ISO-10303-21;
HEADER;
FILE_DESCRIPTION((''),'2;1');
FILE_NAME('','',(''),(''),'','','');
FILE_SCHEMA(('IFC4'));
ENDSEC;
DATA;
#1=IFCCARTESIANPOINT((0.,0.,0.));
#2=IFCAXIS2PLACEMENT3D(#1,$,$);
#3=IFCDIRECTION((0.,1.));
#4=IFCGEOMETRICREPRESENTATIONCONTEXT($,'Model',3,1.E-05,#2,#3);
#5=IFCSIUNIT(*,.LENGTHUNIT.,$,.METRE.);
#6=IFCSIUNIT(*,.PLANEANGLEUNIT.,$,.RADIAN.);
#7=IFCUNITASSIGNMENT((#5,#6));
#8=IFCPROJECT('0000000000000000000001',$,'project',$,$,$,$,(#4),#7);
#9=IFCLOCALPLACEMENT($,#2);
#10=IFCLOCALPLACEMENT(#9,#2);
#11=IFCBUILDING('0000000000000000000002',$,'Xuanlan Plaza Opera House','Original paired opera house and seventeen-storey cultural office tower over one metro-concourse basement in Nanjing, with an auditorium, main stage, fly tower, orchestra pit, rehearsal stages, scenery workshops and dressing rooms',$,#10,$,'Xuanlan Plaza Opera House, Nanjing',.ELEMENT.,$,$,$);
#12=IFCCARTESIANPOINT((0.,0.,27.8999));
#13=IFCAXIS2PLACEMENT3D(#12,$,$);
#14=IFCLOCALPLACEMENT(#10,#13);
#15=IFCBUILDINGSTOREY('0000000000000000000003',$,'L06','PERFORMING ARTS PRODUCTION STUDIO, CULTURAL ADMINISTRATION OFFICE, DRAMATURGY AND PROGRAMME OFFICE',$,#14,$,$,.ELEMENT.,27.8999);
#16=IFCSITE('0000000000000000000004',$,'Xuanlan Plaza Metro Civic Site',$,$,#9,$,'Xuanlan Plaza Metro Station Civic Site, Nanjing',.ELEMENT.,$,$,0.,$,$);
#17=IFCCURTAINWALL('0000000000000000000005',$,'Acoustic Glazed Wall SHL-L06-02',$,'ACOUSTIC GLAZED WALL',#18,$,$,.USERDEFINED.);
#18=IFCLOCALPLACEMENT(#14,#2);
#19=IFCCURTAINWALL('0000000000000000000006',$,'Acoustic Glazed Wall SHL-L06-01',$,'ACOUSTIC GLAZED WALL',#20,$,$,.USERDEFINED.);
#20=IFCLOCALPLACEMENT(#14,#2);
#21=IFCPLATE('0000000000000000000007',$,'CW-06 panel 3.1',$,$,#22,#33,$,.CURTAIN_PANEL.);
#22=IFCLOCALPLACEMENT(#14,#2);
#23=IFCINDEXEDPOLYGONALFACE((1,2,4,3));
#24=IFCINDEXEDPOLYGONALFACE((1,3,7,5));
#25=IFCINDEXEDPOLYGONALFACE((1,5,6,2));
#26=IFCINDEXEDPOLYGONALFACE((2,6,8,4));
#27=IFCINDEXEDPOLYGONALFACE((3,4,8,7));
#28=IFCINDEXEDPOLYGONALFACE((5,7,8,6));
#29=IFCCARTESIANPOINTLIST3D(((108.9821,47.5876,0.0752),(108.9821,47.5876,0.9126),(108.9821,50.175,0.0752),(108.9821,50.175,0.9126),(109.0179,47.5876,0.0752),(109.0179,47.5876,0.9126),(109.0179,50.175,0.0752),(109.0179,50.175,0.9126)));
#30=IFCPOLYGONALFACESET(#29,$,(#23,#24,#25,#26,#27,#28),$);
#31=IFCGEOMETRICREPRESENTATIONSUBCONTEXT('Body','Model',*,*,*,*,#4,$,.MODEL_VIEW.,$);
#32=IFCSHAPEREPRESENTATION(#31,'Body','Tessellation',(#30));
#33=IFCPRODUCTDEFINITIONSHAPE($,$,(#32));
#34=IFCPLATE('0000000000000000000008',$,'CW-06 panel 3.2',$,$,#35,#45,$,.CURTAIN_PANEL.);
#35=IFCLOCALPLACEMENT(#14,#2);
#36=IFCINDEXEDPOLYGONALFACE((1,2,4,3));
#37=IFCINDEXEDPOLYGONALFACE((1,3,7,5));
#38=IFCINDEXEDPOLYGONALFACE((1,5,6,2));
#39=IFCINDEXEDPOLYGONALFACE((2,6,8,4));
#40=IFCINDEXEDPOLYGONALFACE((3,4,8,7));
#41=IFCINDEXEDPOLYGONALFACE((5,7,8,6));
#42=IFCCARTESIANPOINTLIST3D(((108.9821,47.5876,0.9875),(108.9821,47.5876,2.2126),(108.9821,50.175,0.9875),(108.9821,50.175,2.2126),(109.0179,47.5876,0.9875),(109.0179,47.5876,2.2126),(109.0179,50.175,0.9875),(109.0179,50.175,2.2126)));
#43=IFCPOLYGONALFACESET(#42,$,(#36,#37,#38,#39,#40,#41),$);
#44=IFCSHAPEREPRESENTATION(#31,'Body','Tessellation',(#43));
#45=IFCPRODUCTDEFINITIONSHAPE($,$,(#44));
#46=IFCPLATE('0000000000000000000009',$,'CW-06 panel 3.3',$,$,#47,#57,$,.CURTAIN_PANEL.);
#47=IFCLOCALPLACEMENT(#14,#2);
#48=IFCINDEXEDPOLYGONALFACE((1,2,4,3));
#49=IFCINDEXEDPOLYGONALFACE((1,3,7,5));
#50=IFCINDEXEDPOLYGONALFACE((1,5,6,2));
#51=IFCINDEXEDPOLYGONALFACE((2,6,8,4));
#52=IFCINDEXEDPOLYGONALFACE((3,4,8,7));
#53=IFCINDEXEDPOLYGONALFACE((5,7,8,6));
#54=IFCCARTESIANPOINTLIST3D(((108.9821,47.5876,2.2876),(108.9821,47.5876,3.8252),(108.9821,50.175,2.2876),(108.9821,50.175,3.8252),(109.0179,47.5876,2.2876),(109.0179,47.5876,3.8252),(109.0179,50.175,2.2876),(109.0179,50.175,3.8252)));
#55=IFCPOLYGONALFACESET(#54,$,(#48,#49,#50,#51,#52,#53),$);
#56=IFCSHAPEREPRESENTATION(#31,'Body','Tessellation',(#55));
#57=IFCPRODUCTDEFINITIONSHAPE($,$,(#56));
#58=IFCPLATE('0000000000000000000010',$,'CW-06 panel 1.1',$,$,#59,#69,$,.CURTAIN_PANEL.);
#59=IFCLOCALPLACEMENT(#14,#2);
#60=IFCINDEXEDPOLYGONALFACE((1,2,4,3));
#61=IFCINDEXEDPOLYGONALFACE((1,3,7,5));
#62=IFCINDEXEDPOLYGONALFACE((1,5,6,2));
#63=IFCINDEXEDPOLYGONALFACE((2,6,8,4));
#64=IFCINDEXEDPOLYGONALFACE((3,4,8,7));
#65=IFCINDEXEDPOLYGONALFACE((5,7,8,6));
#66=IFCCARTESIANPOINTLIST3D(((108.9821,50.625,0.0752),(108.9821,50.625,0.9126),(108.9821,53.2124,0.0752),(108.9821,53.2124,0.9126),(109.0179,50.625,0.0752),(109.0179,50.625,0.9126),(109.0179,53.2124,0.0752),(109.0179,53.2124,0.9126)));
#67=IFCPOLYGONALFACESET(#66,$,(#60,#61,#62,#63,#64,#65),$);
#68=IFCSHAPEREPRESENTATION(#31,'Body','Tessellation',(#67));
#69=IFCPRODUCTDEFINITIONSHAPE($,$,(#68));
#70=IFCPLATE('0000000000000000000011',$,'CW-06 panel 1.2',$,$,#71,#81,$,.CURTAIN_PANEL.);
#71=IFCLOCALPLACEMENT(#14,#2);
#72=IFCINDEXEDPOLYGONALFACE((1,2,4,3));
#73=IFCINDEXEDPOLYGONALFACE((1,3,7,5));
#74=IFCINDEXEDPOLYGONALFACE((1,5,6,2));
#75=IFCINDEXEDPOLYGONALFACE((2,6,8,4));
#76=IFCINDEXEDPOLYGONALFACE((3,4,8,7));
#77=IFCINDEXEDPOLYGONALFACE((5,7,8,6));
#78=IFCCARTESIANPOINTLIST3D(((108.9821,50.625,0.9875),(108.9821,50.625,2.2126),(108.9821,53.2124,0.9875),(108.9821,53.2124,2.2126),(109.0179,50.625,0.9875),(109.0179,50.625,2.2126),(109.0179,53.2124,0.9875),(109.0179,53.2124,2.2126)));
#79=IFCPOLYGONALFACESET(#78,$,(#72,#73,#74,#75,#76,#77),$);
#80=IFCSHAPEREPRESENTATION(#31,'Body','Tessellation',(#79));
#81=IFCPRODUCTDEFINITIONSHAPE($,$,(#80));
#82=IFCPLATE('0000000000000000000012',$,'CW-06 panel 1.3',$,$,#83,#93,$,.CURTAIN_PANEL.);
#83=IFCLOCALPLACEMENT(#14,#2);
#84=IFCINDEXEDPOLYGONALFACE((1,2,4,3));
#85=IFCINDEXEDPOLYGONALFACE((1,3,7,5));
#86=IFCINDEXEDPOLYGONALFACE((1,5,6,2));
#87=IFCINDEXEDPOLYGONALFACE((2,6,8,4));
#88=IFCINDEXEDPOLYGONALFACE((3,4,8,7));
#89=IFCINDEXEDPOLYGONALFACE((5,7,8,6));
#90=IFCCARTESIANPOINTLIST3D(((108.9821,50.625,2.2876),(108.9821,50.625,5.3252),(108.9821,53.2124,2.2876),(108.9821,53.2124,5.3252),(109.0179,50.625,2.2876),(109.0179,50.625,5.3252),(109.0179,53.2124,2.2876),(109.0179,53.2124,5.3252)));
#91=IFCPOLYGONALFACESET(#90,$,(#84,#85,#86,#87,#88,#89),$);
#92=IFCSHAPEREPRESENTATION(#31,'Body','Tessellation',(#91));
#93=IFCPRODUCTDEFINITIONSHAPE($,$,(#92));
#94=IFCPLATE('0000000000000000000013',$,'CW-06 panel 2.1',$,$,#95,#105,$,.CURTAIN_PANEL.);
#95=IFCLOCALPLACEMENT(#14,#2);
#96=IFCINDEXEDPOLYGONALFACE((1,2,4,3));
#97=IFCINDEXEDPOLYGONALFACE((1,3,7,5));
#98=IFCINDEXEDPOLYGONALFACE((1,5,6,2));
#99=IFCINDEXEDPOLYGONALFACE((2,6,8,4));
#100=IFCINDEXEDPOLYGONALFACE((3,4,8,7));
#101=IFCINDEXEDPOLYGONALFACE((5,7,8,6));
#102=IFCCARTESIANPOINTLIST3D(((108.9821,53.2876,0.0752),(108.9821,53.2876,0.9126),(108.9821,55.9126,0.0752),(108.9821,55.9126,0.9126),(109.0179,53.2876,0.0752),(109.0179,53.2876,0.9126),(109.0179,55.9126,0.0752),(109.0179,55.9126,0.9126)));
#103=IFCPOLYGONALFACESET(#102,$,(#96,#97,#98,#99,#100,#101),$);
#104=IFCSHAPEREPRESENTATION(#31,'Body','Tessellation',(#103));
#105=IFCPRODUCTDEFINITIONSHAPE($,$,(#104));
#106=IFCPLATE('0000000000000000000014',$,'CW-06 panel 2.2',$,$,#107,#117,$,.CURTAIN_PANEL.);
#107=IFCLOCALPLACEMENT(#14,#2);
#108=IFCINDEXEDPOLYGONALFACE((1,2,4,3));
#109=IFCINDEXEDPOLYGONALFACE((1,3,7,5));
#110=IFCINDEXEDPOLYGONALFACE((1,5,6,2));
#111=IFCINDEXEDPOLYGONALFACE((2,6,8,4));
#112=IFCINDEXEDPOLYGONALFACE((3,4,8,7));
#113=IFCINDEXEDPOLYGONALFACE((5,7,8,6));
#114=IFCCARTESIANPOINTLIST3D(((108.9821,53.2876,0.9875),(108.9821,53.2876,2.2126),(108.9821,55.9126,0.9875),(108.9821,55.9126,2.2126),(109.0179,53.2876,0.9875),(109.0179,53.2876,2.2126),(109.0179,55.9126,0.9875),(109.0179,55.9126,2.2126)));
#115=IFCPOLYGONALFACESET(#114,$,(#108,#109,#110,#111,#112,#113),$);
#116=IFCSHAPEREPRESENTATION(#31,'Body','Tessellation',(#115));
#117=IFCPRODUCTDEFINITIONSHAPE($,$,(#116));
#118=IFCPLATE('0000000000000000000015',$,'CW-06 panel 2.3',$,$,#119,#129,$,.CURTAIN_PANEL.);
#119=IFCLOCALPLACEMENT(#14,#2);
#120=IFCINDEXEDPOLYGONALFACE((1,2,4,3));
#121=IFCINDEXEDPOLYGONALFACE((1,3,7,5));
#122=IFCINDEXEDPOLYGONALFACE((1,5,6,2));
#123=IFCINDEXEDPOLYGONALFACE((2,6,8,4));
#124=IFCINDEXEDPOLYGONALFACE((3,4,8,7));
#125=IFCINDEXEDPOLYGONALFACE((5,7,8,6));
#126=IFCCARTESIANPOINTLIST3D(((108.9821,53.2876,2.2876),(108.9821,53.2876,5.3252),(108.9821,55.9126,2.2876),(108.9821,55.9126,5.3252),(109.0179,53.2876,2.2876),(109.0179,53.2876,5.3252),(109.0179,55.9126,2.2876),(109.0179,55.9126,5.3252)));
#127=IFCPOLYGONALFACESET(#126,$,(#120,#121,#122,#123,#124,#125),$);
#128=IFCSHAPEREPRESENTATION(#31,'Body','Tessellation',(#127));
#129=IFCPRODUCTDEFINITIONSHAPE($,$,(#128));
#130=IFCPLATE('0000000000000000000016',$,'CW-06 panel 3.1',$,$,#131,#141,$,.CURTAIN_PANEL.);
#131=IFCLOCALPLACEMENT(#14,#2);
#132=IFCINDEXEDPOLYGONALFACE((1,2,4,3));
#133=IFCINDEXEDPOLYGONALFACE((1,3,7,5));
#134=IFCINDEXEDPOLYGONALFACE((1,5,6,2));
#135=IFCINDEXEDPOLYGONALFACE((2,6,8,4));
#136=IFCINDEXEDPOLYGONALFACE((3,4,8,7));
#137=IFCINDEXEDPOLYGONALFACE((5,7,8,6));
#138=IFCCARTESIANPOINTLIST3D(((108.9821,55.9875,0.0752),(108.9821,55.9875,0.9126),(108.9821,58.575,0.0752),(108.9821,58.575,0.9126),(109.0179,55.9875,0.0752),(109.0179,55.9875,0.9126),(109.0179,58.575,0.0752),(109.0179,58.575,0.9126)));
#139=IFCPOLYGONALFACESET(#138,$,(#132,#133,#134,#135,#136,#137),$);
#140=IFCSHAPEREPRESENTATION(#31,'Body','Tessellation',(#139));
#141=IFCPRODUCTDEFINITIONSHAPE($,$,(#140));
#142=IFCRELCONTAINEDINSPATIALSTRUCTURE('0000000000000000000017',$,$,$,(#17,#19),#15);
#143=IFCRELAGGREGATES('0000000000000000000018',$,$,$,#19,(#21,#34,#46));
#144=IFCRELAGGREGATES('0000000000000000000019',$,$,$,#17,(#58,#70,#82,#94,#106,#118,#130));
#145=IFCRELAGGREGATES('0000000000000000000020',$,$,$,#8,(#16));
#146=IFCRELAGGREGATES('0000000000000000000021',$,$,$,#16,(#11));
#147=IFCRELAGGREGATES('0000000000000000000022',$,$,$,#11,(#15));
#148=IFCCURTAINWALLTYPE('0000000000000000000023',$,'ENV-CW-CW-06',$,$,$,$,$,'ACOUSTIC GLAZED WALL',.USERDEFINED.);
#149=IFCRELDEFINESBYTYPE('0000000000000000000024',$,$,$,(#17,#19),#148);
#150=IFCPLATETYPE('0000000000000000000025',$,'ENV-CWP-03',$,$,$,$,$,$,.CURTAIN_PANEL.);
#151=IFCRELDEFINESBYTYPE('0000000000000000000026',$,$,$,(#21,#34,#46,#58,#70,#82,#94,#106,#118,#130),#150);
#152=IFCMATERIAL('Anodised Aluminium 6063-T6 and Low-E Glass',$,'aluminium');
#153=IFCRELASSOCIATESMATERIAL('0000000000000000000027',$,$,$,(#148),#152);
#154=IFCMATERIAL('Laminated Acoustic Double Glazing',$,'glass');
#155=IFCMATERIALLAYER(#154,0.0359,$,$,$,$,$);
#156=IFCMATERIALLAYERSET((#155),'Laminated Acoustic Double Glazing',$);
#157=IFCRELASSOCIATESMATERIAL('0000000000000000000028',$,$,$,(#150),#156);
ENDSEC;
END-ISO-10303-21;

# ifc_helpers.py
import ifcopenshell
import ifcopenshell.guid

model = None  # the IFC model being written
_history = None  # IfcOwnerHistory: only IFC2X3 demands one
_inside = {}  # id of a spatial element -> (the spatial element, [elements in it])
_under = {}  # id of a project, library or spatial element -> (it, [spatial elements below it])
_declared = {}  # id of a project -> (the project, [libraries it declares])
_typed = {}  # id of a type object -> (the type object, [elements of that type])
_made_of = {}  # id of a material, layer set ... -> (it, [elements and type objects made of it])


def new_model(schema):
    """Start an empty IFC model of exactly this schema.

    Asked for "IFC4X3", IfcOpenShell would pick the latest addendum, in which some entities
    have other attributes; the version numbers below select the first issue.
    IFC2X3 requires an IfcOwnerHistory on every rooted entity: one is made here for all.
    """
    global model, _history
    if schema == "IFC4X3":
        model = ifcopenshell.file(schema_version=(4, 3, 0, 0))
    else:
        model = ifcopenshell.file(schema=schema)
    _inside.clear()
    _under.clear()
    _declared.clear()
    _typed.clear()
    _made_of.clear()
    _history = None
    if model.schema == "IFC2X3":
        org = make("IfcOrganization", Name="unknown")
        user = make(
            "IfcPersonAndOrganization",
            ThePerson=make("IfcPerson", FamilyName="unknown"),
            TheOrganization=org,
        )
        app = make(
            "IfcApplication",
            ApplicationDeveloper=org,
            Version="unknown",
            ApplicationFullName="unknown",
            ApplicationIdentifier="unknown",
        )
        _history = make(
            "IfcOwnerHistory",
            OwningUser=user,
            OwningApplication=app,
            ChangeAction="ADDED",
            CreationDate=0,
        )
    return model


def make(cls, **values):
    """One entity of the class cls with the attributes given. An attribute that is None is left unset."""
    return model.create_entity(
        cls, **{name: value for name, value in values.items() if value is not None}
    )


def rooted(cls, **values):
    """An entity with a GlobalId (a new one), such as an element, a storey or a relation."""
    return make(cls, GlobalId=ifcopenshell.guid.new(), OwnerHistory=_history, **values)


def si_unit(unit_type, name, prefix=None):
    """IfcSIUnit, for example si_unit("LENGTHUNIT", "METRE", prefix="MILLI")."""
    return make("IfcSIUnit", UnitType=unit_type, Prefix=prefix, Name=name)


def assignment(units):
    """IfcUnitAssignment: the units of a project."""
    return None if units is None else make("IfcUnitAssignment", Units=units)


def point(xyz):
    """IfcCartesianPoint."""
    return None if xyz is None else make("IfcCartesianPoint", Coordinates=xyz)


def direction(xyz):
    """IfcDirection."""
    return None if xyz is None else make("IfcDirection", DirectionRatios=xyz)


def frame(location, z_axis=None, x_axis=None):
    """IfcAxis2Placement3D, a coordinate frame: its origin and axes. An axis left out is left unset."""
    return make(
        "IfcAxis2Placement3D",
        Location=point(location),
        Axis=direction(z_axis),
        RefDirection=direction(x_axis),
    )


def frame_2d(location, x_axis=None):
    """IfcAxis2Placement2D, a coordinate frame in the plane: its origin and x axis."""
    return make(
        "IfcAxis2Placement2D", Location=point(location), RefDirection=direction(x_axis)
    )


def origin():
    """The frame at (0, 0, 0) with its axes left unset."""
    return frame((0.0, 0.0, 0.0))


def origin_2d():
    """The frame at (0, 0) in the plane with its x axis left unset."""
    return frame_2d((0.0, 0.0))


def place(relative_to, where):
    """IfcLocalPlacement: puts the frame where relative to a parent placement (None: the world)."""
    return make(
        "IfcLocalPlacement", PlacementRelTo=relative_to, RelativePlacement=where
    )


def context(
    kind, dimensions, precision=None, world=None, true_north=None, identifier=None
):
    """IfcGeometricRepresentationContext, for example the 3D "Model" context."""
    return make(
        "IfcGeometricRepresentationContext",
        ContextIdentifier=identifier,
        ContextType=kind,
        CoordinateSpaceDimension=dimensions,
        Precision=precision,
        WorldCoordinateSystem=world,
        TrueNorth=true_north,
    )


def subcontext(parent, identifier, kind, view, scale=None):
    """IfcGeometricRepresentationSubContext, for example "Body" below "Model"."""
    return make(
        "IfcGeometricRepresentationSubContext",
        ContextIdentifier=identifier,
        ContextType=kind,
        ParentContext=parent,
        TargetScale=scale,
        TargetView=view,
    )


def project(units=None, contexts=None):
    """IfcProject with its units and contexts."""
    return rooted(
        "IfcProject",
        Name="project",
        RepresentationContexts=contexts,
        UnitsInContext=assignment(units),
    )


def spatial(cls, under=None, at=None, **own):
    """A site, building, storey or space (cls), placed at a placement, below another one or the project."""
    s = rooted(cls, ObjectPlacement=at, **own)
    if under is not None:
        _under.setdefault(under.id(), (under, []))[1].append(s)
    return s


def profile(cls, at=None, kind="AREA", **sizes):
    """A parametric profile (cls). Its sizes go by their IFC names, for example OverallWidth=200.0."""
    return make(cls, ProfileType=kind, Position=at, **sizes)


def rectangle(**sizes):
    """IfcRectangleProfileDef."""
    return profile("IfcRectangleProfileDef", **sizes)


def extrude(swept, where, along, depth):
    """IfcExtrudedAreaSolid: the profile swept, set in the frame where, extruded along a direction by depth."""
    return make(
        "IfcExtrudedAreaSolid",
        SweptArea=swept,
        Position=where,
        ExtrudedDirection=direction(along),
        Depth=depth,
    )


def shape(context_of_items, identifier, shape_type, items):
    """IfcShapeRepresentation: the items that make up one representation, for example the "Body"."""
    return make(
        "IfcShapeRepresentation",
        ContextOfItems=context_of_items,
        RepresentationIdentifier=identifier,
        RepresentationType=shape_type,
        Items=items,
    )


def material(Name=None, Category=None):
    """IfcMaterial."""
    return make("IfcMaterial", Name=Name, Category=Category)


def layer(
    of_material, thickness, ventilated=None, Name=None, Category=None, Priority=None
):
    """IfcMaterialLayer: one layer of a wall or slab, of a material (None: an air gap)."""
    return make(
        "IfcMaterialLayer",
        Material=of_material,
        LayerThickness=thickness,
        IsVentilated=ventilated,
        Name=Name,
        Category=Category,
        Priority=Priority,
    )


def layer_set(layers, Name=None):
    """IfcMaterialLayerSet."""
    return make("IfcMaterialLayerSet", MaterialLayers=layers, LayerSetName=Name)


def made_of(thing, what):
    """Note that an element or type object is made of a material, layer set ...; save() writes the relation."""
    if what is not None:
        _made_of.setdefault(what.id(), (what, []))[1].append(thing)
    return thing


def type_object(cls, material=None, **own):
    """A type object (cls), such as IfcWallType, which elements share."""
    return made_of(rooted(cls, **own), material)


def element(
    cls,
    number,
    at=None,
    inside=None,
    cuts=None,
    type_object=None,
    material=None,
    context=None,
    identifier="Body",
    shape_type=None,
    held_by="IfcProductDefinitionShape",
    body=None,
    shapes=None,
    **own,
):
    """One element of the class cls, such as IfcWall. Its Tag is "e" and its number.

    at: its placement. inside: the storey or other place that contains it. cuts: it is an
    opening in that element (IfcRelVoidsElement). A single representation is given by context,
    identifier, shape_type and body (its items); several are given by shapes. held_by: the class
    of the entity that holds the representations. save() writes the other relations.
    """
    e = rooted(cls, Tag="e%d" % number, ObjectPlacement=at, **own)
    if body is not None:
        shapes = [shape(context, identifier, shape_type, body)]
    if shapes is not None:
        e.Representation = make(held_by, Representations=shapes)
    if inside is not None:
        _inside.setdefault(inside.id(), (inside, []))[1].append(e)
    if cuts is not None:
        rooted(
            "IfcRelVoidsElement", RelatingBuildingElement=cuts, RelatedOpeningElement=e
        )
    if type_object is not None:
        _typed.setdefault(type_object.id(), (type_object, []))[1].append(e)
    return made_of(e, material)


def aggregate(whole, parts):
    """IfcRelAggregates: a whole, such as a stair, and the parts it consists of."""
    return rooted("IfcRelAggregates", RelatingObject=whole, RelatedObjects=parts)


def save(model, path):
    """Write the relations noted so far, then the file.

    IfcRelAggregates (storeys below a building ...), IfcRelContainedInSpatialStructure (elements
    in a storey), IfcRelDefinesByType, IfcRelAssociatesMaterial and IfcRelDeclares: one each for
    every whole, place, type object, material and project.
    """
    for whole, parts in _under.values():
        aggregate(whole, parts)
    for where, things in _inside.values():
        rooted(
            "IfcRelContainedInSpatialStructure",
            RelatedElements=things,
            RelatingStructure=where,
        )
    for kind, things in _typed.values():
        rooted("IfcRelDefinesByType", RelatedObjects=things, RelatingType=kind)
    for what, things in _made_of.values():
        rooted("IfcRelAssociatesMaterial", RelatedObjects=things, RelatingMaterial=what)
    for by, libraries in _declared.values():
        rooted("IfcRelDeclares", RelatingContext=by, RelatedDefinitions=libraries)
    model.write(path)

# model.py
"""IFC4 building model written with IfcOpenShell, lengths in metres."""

from ifc_helpers import new_model, si_unit, direction, frame, origin, origin_2d, place, context, subcontext, project, spatial, rectangle, extrude, material, layer, layer_set, type_object, element, aggregate, save


model = new_model("IFC4")

# Units and contexts
model_context = context("Model", 3, precision=1e-05, world=origin(), true_north=direction((0.0, 1.0)))
body_context = subcontext(model_context, "Body", "Model", "MODEL_VIEW")
ifc_project = project(units=[si_unit("LENGTHUNIT", "METRE"), si_unit("PLANEANGLEUNIT", "RADIAN")], contexts=[model_context])

# Site, building, storey
site_placement = place(None, origin())
site = spatial("IfcSite", under=ifc_project, at=site_placement, Name="Xuanlan Plaza Metro Civic Site", LongName="Xuanlan Plaza Metro Station Civic Site, Nanjing", CompositionType="ELEMENT", RefElevation=0.0)
building_placement = place(site_placement, origin())
building = spatial("IfcBuilding", under=site, at=building_placement, Name="Xuanlan Plaza Opera House", Description="Original paired opera house and seventeen-storey cultural office tower over one metro-concourse basement in Nanjing, with an auditorium, main stage, fly tower, orchestra pit, rehearsal stages, scenery workshops and dressing rooms", LongName="Xuanlan Plaza Opera House, Nanjing", CompositionType="ELEMENT")
storey_placement = place(building_placement, frame((0.0, 0.0, 27.8999)))
storey = spatial("IfcBuildingStorey", under=building, at=storey_placement, Name="L06", Description="PERFORMING ARTS PRODUCTION STUDIO, CULTURAL ADMINISTRATION OFFICE, DRAMATURGY AND PROGRAMME OFFICE", CompositionType="ELEMENT", Elevation=27.8999)

# Curtain wall
ifc_material_1 = material(Name="Anodised Aluminium 6063-T6 and Low-E Glass", Category="aluminium")
curtain_wall_type = type_object("IfcCurtainWallType", Name="ENV-CW-CW-06", ElementType="ACOUSTIC GLAZED WALL", PredefinedType="USERDEFINED", material=ifc_material_1)
curtain_wall_1_placement = place(storey_placement, origin())
curtain_wall_1 = element("IfcCurtainWall", 1, at=curtain_wall_1_placement, inside=storey, type_object=curtain_wall_type, Name="Acoustic Glazed Wall SHL-L06-02", ObjectType="ACOUSTIC GLAZED WALL", PredefinedType="USERDEFINED")

# Curtain wall, plates
curtain_wall_2_placement = place(storey_placement, origin())
curtain_wall_2 = element("IfcCurtainWall", 2, at=curtain_wall_2_placement, inside=storey, type_object=curtain_wall_type, Name="Acoustic Glazed Wall SHL-L06-01", ObjectType="ACOUSTIC GLAZED WALL", PredefinedType="USERDEFINED")
ifc_material_2 = material(Name="Laminated Acoustic Double Glazing", Category="glass")
ifc_layer = layer(ifc_material_2, 0.0359)
ifc_layer_set = layer_set([ifc_layer], Name="Laminated Acoustic Double Glazing")
plate_type = type_object("IfcPlateType", Name="ENV-CWP-03", PredefinedType="CURTAIN_PANEL", material=ifc_layer_set)
plate_1_placement = place(storey_placement, frame((109.0, 48.8813, 0.0752), z_axis=(0.0, 0.0, 1.0), x_axis=(0.0, 1.0, 0.0)))
plate_1 = element("IfcPlate", 3, at=plate_1_placement, type_object=plate_type, Name="CW-06 panel 3.1", PredefinedType="CURTAIN_PANEL", context=body_context, shape_type="SweptSolid", body=[
    extrude(rectangle(XDim=2.5874, YDim=0.0359, at=origin_2d()), origin(), (0.0, 0.0, 1.0), 0.8374),
])
plate_2_placement = place(storey_placement, frame((109.0, 48.8813, 0.9875), z_axis=(0.0, 0.0, 1.0), x_axis=(0.0, 1.0, 0.0)))
plate_2 = element("IfcPlate", 4, at=plate_2_placement, type_object=plate_type, Name="CW-06 panel 3.2", PredefinedType="CURTAIN_PANEL", context=body_context, shape_type="SweptSolid", body=[
    extrude(rectangle(XDim=2.5874, YDim=0.0359, at=origin_2d()), origin(), (0.0, 0.0, 1.0), 1.2251),
])
plate_3_placement = place(storey_placement, frame((109.0, 48.8813, 2.2876), z_axis=(0.0, 0.0, 1.0), x_axis=(0.0, 1.0, 0.0)))
plate_3 = element("IfcPlate", 5, at=plate_3_placement, type_object=plate_type, Name="CW-06 panel 3.3", PredefinedType="CURTAIN_PANEL", context=body_context, shape_type="SweptSolid", body=[
    extrude(rectangle(XDim=2.5874, YDim=0.0359, at=origin_2d()), origin(), (0.0, 0.0, 1.0), 1.5376),
])
aggregate(curtain_wall_2, [plate_1, plate_2, plate_3])

# Plates
plate_4_placement = place(storey_placement, frame((109.0, 51.9187, 0.0752), z_axis=(0.0, 0.0, 1.0), x_axis=(0.0, 1.0, 0.0)))
plate_4 = element("IfcPlate", 6, at=plate_4_placement, type_object=plate_type, Name="CW-06 panel 1.1", PredefinedType="CURTAIN_PANEL", context=body_context, shape_type="SweptSolid", body=[
    extrude(rectangle(XDim=2.5874, YDim=0.0359, at=origin_2d()), origin(), (0.0, 0.0, 1.0), 0.8374),
])
plate_5_placement = place(storey_placement, frame((109.0, 51.9187, 0.9875), z_axis=(0.0, 0.0, 1.0), x_axis=(0.0, 1.0, 0.0)))
plate_5 = element("IfcPlate", 7, at=plate_5_placement, type_object=plate_type, Name="CW-06 panel 1.2", PredefinedType="CURTAIN_PANEL", context=body_context, shape_type="SweptSolid", body=[
    extrude(rectangle(XDim=2.5874, YDim=0.0359, at=origin_2d()), origin(), (0.0, 0.0, 1.0), 1.2251),
])
plate_6_placement = place(storey_placement, frame((109.0, 51.9187, 2.2876), z_axis=(0.0, 0.0, 1.0), x_axis=(0.0, 1.0, 0.0)))
plate_6 = element("IfcPlate", 8, at=plate_6_placement, type_object=plate_type, Name="CW-06 panel 1.3", PredefinedType="CURTAIN_PANEL", context=body_context, shape_type="SweptSolid", body=[
    extrude(rectangle(XDim=2.5874, YDim=0.0359, at=origin_2d()), origin(), (0.0, 0.0, 1.0), 3.0376),
])
plate_7_placement = place(storey_placement, frame((109.0, 54.6001, 0.0752), z_axis=(0.0, 0.0, 1.0), x_axis=(0.0, 1.0, 0.0)))
plate_7 = element("IfcPlate", 9, at=plate_7_placement, type_object=plate_type, Name="CW-06 panel 2.1", PredefinedType="CURTAIN_PANEL", context=body_context, shape_type="SweptSolid", body=[
    extrude(rectangle(XDim=2.625, YDim=0.0359, at=origin_2d()), origin(), (0.0, 0.0, 1.0), 0.8374),
])
plate_8_placement = place(storey_placement, frame((109.0, 54.6001, 0.9875), z_axis=(0.0, 0.0, 1.0), x_axis=(0.0, 1.0, 0.0)))
plate_8 = element("IfcPlate", 10, at=plate_8_placement, type_object=plate_type, Name="CW-06 panel 2.2", PredefinedType="CURTAIN_PANEL", context=body_context, shape_type="SweptSolid", body=[
    extrude(rectangle(XDim=2.625, YDim=0.0359, at=origin_2d()), origin(), (0.0, 0.0, 1.0), 1.2251),
])
plate_9_placement = place(storey_placement, frame((109.0, 54.6001, 2.2876), z_axis=(0.0, 0.0, 1.0), x_axis=(0.0, 1.0, 0.0)))
plate_9 = element("IfcPlate", 11, at=plate_9_placement, type_object=plate_type, Name="CW-06 panel 2.3", PredefinedType="CURTAIN_PANEL", context=body_context, shape_type="SweptSolid", body=[
    extrude(rectangle(XDim=2.625, YDim=0.0359, at=origin_2d()), origin(), (0.0, 0.0, 1.0), 3.0376),
])
plate_10_placement = place(storey_placement, frame((109.0, 57.2812, 0.0752), z_axis=(0.0, 0.0, 1.0), x_axis=(0.0, 1.0, 0.0)))
plate_10 = element("IfcPlate", 12, at=plate_10_placement, type_object=plate_type, Name="CW-06 panel 3.1", PredefinedType="CURTAIN_PANEL", context=body_context, shape_type="SweptSolid", body=[
    extrude(rectangle(XDim=2.5874, YDim=0.0359, at=origin_2d()), origin(), (0.0, 0.0, 1.0), 0.8374),
])
aggregate(curtain_wall_1, [plate_4, plate_5, plate_6, plate_7, plate_8, plate_9, plate_10])

save(model, "model.ifc")
